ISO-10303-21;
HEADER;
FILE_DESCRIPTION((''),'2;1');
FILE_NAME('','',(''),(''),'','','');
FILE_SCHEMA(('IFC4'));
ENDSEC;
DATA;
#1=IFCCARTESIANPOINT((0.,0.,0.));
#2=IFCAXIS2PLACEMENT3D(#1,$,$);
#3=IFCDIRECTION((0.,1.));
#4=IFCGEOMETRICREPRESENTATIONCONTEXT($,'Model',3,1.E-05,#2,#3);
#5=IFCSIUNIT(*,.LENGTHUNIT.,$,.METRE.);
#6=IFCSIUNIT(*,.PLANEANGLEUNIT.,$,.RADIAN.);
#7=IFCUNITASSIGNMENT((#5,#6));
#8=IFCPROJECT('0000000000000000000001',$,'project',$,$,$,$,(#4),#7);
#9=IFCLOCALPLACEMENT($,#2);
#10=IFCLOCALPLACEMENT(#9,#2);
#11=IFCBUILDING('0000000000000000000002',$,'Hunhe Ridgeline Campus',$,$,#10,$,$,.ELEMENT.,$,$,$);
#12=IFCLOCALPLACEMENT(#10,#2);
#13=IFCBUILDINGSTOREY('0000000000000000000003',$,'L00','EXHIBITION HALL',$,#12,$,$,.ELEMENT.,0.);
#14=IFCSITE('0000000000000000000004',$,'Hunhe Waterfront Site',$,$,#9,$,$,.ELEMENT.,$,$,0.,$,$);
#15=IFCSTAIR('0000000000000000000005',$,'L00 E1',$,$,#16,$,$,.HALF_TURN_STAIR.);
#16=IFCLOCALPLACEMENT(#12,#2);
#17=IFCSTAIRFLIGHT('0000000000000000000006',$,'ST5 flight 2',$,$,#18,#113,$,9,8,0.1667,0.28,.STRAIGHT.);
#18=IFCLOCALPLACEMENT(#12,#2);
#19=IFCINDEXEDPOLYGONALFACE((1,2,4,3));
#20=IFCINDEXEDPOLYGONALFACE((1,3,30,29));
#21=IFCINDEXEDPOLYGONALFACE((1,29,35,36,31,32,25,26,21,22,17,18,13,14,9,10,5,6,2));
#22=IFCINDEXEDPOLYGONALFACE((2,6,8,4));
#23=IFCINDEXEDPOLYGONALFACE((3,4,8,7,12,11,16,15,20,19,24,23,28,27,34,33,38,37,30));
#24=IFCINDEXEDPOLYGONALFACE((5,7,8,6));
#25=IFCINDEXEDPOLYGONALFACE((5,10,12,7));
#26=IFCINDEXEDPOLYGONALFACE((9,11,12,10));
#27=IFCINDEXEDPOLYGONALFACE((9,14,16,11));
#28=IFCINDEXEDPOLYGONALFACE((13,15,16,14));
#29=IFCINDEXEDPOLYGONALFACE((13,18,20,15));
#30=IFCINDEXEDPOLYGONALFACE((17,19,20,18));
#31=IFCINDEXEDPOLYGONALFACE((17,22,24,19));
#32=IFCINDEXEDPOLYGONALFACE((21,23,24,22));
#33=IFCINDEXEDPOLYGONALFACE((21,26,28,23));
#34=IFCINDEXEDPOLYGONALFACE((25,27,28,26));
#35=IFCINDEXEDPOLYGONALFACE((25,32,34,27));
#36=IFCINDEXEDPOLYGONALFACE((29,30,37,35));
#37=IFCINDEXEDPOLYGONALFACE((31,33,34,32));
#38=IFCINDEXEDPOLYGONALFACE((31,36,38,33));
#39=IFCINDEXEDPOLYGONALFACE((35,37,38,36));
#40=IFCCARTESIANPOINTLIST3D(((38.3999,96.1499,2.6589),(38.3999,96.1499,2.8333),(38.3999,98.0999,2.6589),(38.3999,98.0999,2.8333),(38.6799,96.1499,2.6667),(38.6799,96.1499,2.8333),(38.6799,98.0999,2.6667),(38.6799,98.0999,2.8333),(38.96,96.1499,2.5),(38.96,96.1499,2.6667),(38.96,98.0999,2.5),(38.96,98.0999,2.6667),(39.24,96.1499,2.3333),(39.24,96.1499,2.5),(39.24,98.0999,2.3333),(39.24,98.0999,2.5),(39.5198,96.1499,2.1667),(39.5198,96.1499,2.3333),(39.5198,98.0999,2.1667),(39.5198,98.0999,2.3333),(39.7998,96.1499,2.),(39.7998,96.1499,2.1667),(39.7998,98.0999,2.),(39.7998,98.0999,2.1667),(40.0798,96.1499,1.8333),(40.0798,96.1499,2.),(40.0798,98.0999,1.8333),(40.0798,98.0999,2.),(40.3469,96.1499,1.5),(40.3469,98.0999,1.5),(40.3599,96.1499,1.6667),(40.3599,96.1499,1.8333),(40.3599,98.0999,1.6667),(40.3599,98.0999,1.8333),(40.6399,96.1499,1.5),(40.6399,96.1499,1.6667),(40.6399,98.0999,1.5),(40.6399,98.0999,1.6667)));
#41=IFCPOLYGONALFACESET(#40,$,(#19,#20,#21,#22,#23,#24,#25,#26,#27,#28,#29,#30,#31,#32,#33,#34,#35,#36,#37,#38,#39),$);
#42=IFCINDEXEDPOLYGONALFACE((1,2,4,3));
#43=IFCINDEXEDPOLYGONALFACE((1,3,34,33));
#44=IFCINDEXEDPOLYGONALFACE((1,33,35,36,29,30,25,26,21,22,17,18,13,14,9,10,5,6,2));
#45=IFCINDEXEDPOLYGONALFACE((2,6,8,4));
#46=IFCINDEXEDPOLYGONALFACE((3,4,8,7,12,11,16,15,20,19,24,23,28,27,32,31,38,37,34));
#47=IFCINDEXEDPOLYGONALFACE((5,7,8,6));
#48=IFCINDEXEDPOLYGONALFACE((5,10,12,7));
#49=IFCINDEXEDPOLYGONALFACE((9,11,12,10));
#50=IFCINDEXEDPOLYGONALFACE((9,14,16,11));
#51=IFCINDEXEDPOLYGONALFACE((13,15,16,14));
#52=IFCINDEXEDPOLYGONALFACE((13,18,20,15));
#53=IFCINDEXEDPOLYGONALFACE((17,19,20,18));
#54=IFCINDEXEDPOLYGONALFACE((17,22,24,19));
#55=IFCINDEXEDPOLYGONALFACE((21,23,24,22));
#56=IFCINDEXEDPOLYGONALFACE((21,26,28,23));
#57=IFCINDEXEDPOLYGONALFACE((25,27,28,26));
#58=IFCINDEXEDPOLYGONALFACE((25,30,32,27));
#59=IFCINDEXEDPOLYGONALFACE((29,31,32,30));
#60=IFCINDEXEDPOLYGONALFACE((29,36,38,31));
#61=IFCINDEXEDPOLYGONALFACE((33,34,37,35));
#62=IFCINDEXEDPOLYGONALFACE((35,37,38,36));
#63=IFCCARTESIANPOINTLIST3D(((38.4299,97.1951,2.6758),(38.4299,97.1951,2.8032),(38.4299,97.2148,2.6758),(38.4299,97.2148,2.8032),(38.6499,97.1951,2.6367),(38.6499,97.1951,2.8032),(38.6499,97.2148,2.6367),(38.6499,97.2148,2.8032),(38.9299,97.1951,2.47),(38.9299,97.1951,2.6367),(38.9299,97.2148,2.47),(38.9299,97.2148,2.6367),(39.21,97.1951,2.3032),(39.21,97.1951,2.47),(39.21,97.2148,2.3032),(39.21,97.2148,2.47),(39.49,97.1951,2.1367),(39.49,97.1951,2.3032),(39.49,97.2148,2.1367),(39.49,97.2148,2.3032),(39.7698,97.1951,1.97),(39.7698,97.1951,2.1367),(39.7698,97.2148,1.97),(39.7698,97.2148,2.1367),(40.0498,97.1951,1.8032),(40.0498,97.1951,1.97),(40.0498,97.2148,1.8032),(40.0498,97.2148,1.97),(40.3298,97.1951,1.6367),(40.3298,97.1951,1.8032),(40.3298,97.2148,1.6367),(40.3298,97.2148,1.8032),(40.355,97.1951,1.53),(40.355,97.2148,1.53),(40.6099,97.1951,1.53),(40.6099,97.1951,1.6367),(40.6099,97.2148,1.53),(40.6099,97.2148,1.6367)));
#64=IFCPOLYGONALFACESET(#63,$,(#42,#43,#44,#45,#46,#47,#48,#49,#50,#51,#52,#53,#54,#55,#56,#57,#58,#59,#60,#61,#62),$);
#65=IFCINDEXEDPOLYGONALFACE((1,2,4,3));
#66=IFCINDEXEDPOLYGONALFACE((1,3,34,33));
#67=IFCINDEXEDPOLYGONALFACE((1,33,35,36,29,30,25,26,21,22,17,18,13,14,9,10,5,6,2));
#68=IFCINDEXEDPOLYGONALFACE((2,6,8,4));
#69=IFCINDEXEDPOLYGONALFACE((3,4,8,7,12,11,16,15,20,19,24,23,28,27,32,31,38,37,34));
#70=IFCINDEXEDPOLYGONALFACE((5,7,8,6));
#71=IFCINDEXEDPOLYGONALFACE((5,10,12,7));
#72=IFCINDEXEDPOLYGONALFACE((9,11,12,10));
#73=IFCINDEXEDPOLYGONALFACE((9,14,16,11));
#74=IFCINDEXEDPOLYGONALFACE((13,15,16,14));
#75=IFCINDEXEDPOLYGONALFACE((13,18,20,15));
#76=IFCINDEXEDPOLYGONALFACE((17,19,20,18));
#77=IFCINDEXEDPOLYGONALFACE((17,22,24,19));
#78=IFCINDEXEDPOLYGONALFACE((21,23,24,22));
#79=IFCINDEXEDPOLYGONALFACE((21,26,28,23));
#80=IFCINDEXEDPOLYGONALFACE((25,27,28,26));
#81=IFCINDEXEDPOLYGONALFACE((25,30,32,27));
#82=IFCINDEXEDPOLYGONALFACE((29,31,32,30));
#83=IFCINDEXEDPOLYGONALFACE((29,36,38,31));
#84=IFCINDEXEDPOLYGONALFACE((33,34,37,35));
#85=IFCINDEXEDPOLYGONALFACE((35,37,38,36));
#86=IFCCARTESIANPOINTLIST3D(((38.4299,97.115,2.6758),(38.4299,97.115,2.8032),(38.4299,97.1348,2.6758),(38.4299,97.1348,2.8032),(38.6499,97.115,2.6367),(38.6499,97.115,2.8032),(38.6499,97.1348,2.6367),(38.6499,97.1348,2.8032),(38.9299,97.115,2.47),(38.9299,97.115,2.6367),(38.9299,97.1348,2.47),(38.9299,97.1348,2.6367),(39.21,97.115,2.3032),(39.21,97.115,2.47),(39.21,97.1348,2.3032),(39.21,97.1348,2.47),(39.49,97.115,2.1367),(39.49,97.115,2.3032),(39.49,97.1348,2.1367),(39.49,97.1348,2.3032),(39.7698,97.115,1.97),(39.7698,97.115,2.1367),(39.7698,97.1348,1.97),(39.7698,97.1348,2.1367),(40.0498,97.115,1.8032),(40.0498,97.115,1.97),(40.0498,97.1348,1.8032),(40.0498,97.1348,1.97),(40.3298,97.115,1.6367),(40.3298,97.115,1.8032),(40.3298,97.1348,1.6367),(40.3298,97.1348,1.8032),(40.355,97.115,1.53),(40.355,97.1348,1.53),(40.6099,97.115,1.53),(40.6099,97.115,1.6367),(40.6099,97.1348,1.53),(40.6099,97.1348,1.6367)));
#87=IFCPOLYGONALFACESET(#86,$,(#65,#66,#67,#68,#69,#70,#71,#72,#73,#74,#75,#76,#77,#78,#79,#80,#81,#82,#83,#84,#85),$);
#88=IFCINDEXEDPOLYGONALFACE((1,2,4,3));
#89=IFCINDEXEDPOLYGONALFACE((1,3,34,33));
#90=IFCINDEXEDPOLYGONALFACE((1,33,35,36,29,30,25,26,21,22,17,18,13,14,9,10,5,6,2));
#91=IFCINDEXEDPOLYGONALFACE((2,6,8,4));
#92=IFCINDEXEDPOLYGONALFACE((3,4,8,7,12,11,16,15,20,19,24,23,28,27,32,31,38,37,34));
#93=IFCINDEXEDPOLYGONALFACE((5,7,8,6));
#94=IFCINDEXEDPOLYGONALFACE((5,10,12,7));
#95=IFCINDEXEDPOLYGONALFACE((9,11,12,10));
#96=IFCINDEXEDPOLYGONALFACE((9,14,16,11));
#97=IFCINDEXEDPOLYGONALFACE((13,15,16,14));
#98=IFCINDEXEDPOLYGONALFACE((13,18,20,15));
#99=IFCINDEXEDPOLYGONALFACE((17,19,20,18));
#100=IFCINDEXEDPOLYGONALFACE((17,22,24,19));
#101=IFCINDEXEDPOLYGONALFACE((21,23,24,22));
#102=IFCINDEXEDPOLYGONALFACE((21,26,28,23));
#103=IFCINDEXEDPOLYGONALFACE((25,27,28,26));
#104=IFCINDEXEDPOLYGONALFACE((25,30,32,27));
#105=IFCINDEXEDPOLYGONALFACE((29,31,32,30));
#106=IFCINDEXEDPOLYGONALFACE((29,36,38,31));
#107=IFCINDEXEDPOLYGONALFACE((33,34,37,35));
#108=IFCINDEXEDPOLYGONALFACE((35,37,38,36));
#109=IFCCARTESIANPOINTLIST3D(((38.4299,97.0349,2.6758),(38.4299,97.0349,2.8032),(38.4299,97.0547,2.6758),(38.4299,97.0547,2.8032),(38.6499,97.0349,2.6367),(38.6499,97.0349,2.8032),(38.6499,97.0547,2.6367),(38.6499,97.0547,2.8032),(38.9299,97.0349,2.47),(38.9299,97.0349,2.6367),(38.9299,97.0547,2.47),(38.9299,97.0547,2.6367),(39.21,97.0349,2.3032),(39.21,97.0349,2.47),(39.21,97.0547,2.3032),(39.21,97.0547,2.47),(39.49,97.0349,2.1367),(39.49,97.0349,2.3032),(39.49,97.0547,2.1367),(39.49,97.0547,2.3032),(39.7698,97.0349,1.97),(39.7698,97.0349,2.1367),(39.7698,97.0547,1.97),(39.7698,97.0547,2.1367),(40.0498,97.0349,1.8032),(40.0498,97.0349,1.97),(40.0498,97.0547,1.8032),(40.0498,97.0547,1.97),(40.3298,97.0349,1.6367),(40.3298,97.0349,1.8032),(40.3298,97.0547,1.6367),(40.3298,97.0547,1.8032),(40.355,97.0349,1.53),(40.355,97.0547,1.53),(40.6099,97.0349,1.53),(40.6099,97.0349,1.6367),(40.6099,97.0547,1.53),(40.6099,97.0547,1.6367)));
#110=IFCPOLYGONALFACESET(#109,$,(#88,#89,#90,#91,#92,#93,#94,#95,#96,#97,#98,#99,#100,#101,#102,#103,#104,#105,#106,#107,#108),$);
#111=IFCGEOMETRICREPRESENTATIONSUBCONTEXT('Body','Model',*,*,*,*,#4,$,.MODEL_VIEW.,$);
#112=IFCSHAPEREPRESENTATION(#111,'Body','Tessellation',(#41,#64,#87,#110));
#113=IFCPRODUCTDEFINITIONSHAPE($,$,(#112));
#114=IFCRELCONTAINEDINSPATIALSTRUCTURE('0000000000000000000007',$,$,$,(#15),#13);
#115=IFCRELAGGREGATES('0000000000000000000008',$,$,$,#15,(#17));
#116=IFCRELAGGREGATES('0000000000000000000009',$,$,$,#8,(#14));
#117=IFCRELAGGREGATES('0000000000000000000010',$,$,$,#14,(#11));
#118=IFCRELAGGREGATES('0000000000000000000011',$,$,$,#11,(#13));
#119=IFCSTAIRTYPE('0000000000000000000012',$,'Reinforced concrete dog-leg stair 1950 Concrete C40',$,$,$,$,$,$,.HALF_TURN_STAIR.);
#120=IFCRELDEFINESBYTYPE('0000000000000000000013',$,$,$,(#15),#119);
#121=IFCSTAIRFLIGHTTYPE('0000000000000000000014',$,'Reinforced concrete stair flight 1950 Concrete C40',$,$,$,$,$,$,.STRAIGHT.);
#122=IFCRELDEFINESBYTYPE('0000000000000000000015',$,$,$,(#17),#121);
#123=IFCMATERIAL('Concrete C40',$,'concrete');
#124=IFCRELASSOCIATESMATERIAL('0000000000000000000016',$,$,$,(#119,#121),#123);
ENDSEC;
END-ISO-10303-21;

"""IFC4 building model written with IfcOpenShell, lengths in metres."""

from ifc_helpers import new_model, si_unit, direction, frame, origin, place, context, subcontext, project, spatial, polyline, outline, extrude, material, type_object, element, aggregate, save


model = new_model("IFC4")

# Units and contexts
model_context = context("Model", 3, precision=1e-05, world=origin(), true_north=direction((0.0, 1.0)))
body_context = subcontext(model_context, "Body", "Model", "MODEL_VIEW")
ifc_project = project(units=[si_unit("LENGTHUNIT", "METRE"), si_unit("PLANEANGLEUNIT", "RADIAN")], contexts=[model_context])

# Site, building, storey
site_placement = place(None, origin())
site = spatial("IfcSite", under=ifc_project, at=site_placement, Name="Hunhe Waterfront Site", CompositionType="ELEMENT", RefElevation=0.0)
building_placement = place(site_placement, origin())
building = spatial("IfcBuilding", under=site, at=building_placement, Name="Hunhe Ridgeline Campus", CompositionType="ELEMENT")
storey_placement = place(building_placement, origin())
storey = spatial("IfcBuildingStorey", under=building, at=storey_placement, Name="L00", Description="EXHIBITION HALL", CompositionType="ELEMENT", Elevation=0.0)

# Stair, stair flight
ifc_material_1 = material(Name="Concrete C40", Category="concrete")
stair_type = type_object("IfcStairType", Name="Reinforced concrete dog-leg stair 1950 Concrete C40", PredefinedType="HALF_TURN_STAIR", material=ifc_material_1)
stair_placement = place(storey_placement, origin())
stair = element("IfcStair", 1, at=stair_placement, inside=storey, type_object=stair_type, Name="L00 E1", PredefinedType="HALF_TURN_STAIR")
stair_flight_type = type_object("IfcStairFlightType", Name="Reinforced concrete stair flight 1950 Concrete C40", PredefinedType="STRAIGHT", material=ifc_material_1)
stair_flight_1_placement = place(storey_placement, frame((40.6399, 97.125, 1.5), z_axis=(0.0, 0.0, 1.0), x_axis=(-1.0, 0.0, 0.0)))
stair_flight_1 = element("IfcStairFlight", 2, at=stair_flight_1_placement, type_object=stair_flight_type, Name="ST5 flight 2", NumberOfRisers=9, NumberOfTreads=8, PredefinedType="STRAIGHT", RiserHeight=0.1667, TreadLength=0.28, context=body_context, shape_type="SweptSolid", body=[
    extrude(outline(polyline([(0.0, 0.0), (0.0, 0.1667), (0.28, 0.1667), (0.28, 0.3333), (0.5601, 0.3333), (0.5601, 0.5), (0.8401, 0.5), (0.8401, 0.6667), (1.1201, 0.6667), (1.1201, 0.8333), (1.3999, 0.8333), (1.3999, 1.0), (1.6799, 1.0), (1.6799, 1.1667), (1.96, 1.1667), (1.96, 1.3333), (2.24, 1.3333), (2.24, 1.5), (2.24, 1.1589), (0.293, 0.0), (0.0, 0.0)])), frame((0.0, 0.9751, 0.0), z_axis=(0.0, -1.0, 0.0), x_axis=(1.0, 0.0, 0.0)), (0.0, 0.0, 1.0), 1.95),
    extrude(outline(polyline([(0.03, 0.03), (0.03, 0.1367), (0.3101, 0.1367), (0.3101, 0.3032), (0.5901, 0.3032), (0.5901, 0.47), (0.8701, 0.47), (0.8701, 0.6367), (1.1499, 0.6367), (1.1499, 0.8032), (1.4299, 0.8032), (1.4299, 0.97), (1.71, 0.97), (1.71, 1.1367), (1.99, 1.1367), (1.99, 1.3032), (2.21, 1.3032), (2.21, 1.1758), (0.2849, 0.03), (0.03, 0.03)])), frame((0.0, -0.0701, 0.0), z_axis=(0.0, -1.0, 0.0), x_axis=(1.0, 0.0, 0.0)), (0.0, 0.0, 1.0), 0.0198),
    extrude(outline(polyline([(0.03, 0.03), (0.03, 0.1367), (0.3101, 0.1367), (0.3101, 0.3032), (0.5901, 0.3032), (0.5901, 0.47), (0.8701, 0.47), (0.8701, 0.6367), (1.1499, 0.6367), (1.1499, 0.8032), (1.4299, 0.8032), (1.4299, 0.97), (1.71, 0.97), (1.71, 1.1367), (1.99, 1.1367), (1.99, 1.3032), (2.21, 1.3032), (2.21, 1.1758), (0.2849, 0.03), (0.03, 0.03)])), frame((0.0, 0.01, 0.0), z_axis=(0.0, -1.0, 0.0), x_axis=(1.0, 0.0, 0.0)), (0.0, 0.0, 1.0), 0.0198),
    extrude(outline(polyline([(0.03, 0.03), (0.03, 0.1367), (0.3101, 0.1367), (0.3101, 0.3032), (0.5901, 0.3032), (0.5901, 0.47), (0.8701, 0.47), (0.8701, 0.6367), (1.1499, 0.6367), (1.1499, 0.8032), (1.4299, 0.8032), (1.4299, 0.97), (1.71, 0.97), (1.71, 1.1367), (1.99, 1.1367), (1.99, 1.3032), (2.21, 1.3032), (2.21, 1.1758), (0.2849, 0.03), (0.03, 0.03)])), frame((0.0, 0.0901, 0.0), z_axis=(0.0, -1.0, 0.0), x_axis=(1.0, 0.0, 0.0)), (0.0, 0.0, 1.0), 0.0198),
])
aggregate(stair, [stair_flight_1])

save(model, "model.ifc")
